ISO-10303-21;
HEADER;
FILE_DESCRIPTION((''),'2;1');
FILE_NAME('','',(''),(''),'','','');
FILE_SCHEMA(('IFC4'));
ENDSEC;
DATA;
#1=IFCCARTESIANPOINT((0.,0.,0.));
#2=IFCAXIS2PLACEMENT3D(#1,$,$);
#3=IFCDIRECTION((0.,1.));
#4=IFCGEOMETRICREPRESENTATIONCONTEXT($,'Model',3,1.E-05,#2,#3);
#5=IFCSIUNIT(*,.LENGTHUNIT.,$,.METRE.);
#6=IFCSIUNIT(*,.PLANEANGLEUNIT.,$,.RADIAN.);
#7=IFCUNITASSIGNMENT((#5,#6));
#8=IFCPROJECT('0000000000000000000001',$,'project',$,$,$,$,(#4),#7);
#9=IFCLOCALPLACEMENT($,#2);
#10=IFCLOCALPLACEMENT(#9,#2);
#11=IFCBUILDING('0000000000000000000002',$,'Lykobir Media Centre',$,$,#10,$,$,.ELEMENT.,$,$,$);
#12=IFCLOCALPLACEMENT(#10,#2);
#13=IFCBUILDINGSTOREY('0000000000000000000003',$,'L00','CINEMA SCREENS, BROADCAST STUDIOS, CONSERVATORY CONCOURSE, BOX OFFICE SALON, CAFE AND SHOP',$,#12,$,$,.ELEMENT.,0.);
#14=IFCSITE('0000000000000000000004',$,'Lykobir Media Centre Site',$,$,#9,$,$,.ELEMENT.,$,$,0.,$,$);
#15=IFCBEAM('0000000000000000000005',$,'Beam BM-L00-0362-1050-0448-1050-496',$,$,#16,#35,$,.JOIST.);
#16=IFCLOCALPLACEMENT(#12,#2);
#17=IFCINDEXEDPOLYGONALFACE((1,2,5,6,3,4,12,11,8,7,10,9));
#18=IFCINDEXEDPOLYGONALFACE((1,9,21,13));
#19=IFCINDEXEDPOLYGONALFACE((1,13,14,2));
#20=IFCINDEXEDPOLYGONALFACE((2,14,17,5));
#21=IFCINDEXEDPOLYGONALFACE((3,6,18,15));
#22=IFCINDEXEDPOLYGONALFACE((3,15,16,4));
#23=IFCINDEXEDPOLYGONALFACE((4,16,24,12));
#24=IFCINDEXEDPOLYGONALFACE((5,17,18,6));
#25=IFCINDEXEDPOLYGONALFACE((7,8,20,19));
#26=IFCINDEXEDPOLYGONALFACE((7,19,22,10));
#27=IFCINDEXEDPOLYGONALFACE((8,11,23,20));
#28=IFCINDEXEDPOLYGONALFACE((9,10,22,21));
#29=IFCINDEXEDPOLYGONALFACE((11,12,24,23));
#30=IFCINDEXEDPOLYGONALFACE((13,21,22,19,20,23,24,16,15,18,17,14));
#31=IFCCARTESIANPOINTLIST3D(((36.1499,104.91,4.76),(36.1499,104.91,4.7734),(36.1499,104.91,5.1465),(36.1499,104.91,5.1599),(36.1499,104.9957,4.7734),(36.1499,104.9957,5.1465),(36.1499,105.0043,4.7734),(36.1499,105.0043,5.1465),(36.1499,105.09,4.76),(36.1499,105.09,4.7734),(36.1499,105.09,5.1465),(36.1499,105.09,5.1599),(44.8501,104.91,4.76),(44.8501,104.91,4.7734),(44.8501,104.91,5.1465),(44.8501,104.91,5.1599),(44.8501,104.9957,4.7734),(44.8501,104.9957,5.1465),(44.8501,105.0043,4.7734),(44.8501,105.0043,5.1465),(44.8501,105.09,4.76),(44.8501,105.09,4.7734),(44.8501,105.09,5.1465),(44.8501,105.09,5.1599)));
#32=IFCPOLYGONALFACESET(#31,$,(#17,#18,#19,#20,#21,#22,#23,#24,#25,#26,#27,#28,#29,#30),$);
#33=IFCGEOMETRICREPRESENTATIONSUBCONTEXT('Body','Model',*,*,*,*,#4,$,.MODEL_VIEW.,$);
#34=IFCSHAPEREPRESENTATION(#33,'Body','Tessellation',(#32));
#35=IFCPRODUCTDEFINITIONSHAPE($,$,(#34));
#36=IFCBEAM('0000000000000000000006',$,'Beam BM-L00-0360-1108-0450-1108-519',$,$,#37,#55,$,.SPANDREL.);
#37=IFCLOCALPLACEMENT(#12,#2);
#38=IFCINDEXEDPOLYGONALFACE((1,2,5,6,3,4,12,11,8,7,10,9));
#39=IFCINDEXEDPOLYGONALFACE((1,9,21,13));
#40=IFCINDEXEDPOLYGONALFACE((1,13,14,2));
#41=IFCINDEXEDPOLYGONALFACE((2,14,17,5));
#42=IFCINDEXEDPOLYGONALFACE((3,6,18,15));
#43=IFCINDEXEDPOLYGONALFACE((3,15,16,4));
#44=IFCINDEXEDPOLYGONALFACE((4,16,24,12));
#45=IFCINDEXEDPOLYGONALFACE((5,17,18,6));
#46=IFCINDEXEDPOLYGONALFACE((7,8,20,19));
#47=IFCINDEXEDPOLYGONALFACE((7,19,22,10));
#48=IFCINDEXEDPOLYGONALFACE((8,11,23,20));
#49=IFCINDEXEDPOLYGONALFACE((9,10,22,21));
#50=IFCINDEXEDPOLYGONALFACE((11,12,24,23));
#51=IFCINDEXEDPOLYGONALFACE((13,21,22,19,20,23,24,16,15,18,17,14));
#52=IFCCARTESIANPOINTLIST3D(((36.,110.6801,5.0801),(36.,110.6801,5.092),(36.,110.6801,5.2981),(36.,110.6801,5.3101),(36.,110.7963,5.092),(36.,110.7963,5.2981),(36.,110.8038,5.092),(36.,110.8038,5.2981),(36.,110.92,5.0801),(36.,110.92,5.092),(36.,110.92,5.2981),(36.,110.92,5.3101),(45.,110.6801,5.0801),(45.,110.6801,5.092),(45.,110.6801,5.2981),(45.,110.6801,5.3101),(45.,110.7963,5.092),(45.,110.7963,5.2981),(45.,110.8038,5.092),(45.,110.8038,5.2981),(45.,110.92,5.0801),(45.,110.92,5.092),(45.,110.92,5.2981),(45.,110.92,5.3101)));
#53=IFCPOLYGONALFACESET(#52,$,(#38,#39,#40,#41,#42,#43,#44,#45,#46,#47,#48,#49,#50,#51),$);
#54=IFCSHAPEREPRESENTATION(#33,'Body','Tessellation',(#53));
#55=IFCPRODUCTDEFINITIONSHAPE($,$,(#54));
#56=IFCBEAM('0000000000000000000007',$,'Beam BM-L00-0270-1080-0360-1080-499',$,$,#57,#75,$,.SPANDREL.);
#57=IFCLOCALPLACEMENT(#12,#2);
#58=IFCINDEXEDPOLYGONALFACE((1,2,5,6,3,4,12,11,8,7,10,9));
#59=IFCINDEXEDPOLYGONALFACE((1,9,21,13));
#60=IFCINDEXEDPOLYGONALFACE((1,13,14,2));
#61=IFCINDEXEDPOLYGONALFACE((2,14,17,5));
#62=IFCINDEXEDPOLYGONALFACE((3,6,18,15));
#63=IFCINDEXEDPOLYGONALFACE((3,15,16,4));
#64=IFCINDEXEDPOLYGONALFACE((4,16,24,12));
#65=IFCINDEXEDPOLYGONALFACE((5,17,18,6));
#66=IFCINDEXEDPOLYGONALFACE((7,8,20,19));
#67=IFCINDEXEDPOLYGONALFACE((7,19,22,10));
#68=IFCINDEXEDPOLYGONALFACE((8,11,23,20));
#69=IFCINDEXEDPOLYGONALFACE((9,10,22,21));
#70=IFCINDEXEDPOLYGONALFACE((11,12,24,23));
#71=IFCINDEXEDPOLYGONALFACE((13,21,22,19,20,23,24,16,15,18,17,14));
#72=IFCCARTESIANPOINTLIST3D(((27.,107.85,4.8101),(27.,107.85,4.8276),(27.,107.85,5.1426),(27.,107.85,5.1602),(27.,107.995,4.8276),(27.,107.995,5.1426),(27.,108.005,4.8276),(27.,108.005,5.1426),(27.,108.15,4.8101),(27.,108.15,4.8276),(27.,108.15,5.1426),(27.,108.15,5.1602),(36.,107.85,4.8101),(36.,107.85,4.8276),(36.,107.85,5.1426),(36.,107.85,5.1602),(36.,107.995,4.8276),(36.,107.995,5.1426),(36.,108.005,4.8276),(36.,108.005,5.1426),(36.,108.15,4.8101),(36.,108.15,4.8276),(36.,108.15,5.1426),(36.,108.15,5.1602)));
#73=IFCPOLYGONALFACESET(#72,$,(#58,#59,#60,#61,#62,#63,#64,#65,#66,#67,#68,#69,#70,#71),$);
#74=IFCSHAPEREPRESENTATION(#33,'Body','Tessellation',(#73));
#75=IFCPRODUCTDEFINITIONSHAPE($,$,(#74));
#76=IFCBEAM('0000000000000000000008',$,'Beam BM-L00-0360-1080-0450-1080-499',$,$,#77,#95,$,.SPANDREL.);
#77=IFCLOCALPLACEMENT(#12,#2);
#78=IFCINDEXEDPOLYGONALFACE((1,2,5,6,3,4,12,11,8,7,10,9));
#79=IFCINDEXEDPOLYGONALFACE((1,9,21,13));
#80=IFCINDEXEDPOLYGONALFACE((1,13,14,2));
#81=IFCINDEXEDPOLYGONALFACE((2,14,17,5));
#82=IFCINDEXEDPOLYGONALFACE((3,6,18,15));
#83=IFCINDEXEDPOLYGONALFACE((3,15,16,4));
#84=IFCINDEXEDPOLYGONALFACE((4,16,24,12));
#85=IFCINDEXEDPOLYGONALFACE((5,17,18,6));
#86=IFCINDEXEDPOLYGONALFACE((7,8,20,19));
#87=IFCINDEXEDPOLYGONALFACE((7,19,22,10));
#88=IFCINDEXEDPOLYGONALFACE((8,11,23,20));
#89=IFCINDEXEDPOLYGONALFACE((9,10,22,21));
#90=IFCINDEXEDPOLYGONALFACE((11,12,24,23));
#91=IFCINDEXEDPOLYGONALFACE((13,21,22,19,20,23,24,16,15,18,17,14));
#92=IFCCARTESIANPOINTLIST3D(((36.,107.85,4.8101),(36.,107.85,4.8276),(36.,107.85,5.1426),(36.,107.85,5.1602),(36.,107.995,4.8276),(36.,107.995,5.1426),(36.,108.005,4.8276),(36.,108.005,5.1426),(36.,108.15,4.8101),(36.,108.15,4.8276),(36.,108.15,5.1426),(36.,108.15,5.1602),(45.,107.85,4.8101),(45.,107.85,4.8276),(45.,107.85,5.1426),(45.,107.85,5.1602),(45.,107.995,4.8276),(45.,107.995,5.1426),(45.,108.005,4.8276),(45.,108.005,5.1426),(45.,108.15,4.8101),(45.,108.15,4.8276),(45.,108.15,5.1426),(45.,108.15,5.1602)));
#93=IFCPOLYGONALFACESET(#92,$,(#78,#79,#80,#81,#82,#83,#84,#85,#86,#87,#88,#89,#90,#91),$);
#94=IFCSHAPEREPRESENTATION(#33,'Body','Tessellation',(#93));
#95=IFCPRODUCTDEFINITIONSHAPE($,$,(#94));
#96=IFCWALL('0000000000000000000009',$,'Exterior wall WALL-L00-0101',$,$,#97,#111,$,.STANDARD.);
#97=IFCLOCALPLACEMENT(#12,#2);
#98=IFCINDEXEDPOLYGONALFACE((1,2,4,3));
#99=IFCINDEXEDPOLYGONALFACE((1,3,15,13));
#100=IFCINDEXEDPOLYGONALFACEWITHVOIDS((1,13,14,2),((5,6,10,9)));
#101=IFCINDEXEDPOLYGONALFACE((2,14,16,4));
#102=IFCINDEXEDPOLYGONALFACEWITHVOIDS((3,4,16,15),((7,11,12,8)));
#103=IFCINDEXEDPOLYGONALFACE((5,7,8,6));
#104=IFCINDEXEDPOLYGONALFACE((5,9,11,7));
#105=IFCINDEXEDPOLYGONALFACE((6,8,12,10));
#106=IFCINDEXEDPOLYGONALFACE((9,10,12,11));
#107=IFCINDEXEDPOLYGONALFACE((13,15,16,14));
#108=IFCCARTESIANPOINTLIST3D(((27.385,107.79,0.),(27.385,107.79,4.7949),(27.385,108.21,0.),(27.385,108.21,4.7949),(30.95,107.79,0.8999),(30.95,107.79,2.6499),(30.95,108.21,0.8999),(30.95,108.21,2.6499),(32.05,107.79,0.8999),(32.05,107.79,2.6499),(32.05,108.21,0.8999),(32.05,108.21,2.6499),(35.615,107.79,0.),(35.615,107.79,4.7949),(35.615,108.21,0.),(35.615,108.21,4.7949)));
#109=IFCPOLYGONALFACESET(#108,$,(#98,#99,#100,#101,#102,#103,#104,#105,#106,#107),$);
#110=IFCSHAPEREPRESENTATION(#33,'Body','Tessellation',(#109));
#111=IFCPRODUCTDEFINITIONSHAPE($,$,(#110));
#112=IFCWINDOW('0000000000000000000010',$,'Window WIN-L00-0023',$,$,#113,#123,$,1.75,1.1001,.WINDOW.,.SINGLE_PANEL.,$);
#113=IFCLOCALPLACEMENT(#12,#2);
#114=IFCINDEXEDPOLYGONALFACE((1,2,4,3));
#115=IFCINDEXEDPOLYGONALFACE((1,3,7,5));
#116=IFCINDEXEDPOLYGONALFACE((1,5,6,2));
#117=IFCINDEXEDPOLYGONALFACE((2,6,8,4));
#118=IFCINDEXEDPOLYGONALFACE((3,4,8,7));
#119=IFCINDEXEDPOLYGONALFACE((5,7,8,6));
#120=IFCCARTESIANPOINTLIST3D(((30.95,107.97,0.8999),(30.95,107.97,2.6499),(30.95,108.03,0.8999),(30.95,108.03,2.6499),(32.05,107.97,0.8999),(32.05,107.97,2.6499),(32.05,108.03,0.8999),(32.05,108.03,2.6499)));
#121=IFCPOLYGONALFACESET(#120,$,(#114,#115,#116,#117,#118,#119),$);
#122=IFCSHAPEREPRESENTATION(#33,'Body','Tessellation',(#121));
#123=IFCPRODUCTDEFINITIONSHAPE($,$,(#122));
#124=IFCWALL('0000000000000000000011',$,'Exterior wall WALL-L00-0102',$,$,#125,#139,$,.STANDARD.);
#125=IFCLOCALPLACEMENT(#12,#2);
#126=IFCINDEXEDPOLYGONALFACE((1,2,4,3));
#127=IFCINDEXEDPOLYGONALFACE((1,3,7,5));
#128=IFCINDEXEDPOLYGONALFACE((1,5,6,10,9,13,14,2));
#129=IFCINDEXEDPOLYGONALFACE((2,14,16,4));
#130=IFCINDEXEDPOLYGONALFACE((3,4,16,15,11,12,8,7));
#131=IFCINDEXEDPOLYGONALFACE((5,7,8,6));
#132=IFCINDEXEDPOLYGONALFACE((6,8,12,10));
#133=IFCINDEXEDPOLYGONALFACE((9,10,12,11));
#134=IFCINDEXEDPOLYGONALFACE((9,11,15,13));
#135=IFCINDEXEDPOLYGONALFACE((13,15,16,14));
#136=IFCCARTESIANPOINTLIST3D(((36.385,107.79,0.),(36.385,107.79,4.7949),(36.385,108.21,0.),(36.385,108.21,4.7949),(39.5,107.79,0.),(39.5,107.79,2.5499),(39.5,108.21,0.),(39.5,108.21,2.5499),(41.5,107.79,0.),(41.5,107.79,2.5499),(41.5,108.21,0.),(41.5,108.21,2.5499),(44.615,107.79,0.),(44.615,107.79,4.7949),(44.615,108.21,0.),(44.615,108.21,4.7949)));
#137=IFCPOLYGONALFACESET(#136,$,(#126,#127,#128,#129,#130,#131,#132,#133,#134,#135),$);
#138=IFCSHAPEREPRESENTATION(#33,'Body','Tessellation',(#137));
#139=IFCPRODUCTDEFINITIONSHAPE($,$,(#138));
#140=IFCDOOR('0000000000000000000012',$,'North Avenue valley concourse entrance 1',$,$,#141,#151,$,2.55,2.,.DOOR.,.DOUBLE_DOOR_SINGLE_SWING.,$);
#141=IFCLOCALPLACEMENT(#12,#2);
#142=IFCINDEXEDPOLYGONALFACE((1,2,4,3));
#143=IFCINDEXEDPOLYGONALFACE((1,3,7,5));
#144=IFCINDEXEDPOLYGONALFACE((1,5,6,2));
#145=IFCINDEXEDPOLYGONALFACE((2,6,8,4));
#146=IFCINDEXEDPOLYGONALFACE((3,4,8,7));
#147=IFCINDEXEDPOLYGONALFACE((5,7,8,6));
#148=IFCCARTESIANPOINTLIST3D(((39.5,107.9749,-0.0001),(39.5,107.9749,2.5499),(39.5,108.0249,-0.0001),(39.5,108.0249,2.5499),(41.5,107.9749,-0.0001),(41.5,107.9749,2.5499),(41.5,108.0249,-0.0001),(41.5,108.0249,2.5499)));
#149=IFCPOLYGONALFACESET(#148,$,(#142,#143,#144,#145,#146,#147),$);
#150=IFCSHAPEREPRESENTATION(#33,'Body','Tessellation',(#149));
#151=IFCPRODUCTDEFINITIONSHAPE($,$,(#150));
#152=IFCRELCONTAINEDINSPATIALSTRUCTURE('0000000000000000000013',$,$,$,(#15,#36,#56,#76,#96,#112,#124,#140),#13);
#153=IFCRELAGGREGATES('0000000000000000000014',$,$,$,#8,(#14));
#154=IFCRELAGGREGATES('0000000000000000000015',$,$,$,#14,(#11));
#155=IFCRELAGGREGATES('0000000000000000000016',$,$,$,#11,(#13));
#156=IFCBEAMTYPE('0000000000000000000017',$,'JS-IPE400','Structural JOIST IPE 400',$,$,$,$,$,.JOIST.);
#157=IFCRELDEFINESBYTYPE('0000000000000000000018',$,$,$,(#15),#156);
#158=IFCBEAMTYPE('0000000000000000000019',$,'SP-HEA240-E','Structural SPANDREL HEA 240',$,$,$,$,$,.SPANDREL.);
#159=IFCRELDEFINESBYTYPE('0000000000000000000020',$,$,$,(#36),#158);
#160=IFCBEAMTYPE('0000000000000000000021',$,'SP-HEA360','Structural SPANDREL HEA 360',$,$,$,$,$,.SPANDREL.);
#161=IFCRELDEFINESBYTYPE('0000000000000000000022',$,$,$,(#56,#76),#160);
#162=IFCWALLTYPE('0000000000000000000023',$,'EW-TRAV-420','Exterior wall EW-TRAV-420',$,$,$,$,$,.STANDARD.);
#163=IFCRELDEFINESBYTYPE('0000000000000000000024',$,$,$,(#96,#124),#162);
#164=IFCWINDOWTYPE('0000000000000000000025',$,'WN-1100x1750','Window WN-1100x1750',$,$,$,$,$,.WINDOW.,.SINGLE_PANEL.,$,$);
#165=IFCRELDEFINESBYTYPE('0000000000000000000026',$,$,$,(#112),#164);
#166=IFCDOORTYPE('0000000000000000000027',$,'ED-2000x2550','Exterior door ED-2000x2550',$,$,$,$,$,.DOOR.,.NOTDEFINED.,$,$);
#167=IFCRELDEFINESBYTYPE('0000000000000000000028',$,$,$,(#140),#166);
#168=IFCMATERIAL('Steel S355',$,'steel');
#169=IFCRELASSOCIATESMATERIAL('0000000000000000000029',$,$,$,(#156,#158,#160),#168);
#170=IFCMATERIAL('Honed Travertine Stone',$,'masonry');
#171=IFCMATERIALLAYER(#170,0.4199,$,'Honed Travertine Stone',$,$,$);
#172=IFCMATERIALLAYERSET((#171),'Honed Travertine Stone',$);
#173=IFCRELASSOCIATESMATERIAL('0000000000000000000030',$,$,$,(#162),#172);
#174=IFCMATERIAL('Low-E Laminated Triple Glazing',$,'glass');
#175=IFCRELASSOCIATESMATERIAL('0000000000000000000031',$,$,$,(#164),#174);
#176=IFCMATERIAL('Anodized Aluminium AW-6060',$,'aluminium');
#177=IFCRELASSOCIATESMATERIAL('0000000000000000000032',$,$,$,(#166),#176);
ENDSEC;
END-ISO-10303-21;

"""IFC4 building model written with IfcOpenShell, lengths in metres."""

from ifc_helpers import new_model, si_unit, direction, frame, frame_2d, origin, origin_2d, place, context, subcontext, project, spatial, rectangle, i_section, extrude, material, layer, layer_set, material_profile, profile_set, type_object, element, fill, save


model = new_model("IFC4")

# Units and contexts
model_context = context("Model", 3, precision=1e-05, world=origin(), true_north=direction((0.0, 1.0)))
body_context = subcontext(model_context, "Body", "Model", "MODEL_VIEW")
ifc_project = project(units=[si_unit("LENGTHUNIT", "METRE"), si_unit("PLANEANGLEUNIT", "RADIAN")], contexts=[model_context])

# Site, building, storey
site_placement = place(None, origin())
site = spatial("IfcSite", under=ifc_project, at=site_placement, Name="Lykobir Media Centre Site", CompositionType="ELEMENT", RefElevation=0.0)
building_placement = place(site_placement, origin())
building = spatial("IfcBuilding", under=site, at=building_placement, Name="Lykobir Media Centre", CompositionType="ELEMENT")
storey_placement = place(building_placement, origin())
storey = spatial("IfcBuildingStorey", under=building, at=storey_placement, Name="L00", Description="CINEMA SCREENS, BROADCAST STUDIOS, CONSERVATORY CONCOURSE, BOX OFFICE SALON, CAFE AND SHOP", CompositionType="ELEMENT", Elevation=0.0)

# Shared definitions
ifc_material_1 = material(Name="Honed Travertine Stone", Category="masonry")

# Beams
ifc_material_2 = material(Name="Steel S355", Category="steel")
ifc_material_profile_1 = material_profile(ifc_material_2, i_section(OverallWidth=0.1799, OverallDepth=0.3999, WebThickness=0.0085, FlangeThickness=0.0134, at=origin_2d()), Name="IPE 400")
ifc_profile_set_1 = profile_set([ifc_material_profile_1], Name="Steel S355")
beam_type_1 = type_object("IfcBeamType", Name="JS-IPE400", Description="Structural JOIST IPE 400", PredefinedType="JOIST", material=ifc_profile_set_1)
for number, where, z_axis, x_axis, name in (
    (1, (36.1499, 105.0, 4.96), (1.0, 0.0, 0.0), (0.0, 1.0, 0.0), "Beam BM-L00-0362-1050-0448-1050-496"),
):
    element("IfcBeam", number, at=place(storey_placement, frame(where, z_axis=z_axis, x_axis=x_axis)), inside=storey, type_object=beam_type_1, Name=name, PredefinedType="JOIST", context=body_context, shape_type="SweptSolid", body=[
        extrude(i_section(OverallWidth=0.1799, OverallDepth=0.3999, WebThickness=0.0085, FlangeThickness=0.0134, at=origin_2d()), origin(), (0.0, 0.0, 1.0), 8.7002),
    ])
ifc_material_profile_2 = material_profile(ifc_material_2, i_section(OverallWidth=0.24, OverallDepth=0.23, WebThickness=0.0076, FlangeThickness=0.012, at=origin_2d()), Name="HEA 240")
ifc_profile_set_2 = profile_set([ifc_material_profile_2], Name="Steel S355")
beam_type_2 = type_object("IfcBeamType", Name="SP-HEA240-E", Description="Structural SPANDREL HEA 240", PredefinedType="SPANDREL", material=ifc_profile_set_2)
beam_1_placement = place(storey_placement, frame((36.0, 110.8, 5.1951), z_axis=(1.0, 0.0, 0.0), x_axis=(0.0, 1.0, 0.0)))
element("IfcBeam", 2, at=beam_1_placement, inside=storey, type_object=beam_type_2, Name="Beam BM-L00-0360-1108-0450-1108-519", PredefinedType="SPANDREL", context=body_context, shape_type="SweptSolid", body=[
    extrude(i_section(OverallWidth=0.24, OverallDepth=0.23, WebThickness=0.0076, FlangeThickness=0.012, at=origin_2d()), origin(), (0.0, 0.0, 1.0), 9.0),
])
ifc_material_profile_3 = material_profile(ifc_material_2, i_section(OverallWidth=0.3, OverallDepth=0.3501, WebThickness=0.01, FlangeThickness=0.0176, at=origin_2d()), Name="HEA 360")
ifc_profile_set_3 = profile_set([ifc_material_profile_3], Name="Steel S355")
beam_type_3 = type_object("IfcBeamType", Name="SP-HEA360", Description="Structural SPANDREL HEA 360", PredefinedType="SPANDREL", material=ifc_profile_set_3)
for number, where, z_axis, x_axis, name in (
    (3, (27.0, 108.0, 4.9851), (1.0, 0.0, 0.0), (0.0, 1.0, 0.0), "Beam BM-L00-0270-1080-0360-1080-499"),
    (4, (36.0, 108.0, 4.9851), (1.0, 0.0, 0.0), (0.0, 1.0, 0.0), "Beam BM-L00-0360-1080-0450-1080-499"),
):
    element("IfcBeam", number, at=place(storey_placement, frame(where, z_axis=z_axis, x_axis=x_axis)), inside=storey, type_object=beam_type_3, Name=name, PredefinedType="SPANDREL", context=body_context, shape_type="SweptSolid", body=[
        extrude(i_section(OverallWidth=0.3, OverallDepth=0.3501, WebThickness=0.01, FlangeThickness=0.0176, at=origin_2d()), origin(), (0.0, 0.0, 1.0), 9.0),
    ])

# Wall, opening, window
ifc_layer_1 = layer(ifc_material_1, 0.4199, Name="Honed Travertine Stone")
ifc_layer_set_1 = layer_set([ifc_layer_1], Name="Honed Travertine Stone")
wall_type = type_object("IfcWallType", Name="EW-TRAV-420", Description="Exterior wall EW-TRAV-420", PredefinedType="STANDARD", material=ifc_layer_set_1)
wall_1_placement = place(storey_placement, frame((35.615, 108.0, 0.0), z_axis=(0.0, 0.0, 1.0), x_axis=(-1.0, 0.0, 0.0)))
wall_1 = element("IfcWall", 5, at=wall_1_placement, inside=storey, type_object=wall_type, Name="Exterior wall WALL-L00-0101", PredefinedType="STANDARD", context=body_context, shape_type="SweptSolid", body=[
    extrude(rectangle(XDim=8.23, YDim=0.4199, at=frame_2d((4.115, 0.0))), origin(), (0.0, 0.0, 1.0), 4.7949),
])
opening_1_placement = place(wall_1_placement, frame((3.5649, 0.0, 0.8999)))
opening_1 = element("IfcOpeningElement", 6, at=opening_1_placement, cuts=wall_1, PredefinedType="OPENING", context=body_context, shape_type="SweptSolid", body=[
    extrude(rectangle(XDim=1.1001, YDim=1.75, at=frame_2d((0.55, 0.875))), frame((0.0, 0.22, 0.0), z_axis=(0.0, -1.0, 0.0), x_axis=(1.0, 0.0, 0.0)), (0.0, 0.0, 1.0), 0.4399),
])
ifc_material_3 = material(Name="Low-E Laminated Triple Glazing", Category="glass")
window_type_1 = type_object("IfcWindowType", Name="WN-1100x1750", Description="Window WN-1100x1750", PartitioningType="SINGLE_PANEL", PredefinedType="WINDOW", material=ifc_material_3)
window_1_placement = place(opening_1_placement, origin())
window_1 = element("IfcWindow", 7, at=window_1_placement, inside=storey, type_object=window_type_1, Name="Window WIN-L00-0023", OverallHeight=1.75, OverallWidth=1.1001, PartitioningType="SINGLE_PANEL", PredefinedType="WINDOW", context=body_context, shape_type="SweptSolid", body=[
    extrude(rectangle(XDim=1.1001, YDim=1.75, at=frame_2d((0.55, 0.875))), frame((0.0, 0.03, 0.0), z_axis=(0.0, -1.0, 0.0), x_axis=(1.0, 0.0, 0.0)), (0.0, 0.0, 1.0), 0.0601),
])
fill(opening_1, window_1)

# Wall, opening, door
wall_2_placement = place(storey_placement, frame((44.615, 108.0, 0.0), z_axis=(0.0, 0.0, 1.0), x_axis=(-1.0, 0.0, 0.0)))
wall_2 = element("IfcWall", 8, at=wall_2_placement, inside=storey, type_object=wall_type, Name="Exterior wall WALL-L00-0102", PredefinedType="STANDARD", context=body_context, shape_type="SweptSolid", body=[
    extrude(rectangle(XDim=8.23, YDim=0.4199, at=frame_2d((4.115, 0.0))), origin(), (0.0, 0.0, 1.0), 4.7949),
])
opening_2_placement = place(wall_2_placement, frame((3.115, 0.0, 0.0)))
opening_2 = element("IfcOpeningElement", 9, at=opening_2_placement, cuts=wall_2, PredefinedType="OPENING", context=body_context, shape_type="SweptSolid", body=[
    extrude(rectangle(XDim=2.0, YDim=2.55, at=frame_2d((1.0, 1.2749))), frame((0.0, 0.22, 0.0), z_axis=(0.0, -1.0, 0.0), x_axis=(1.0, 0.0, 0.0)), (0.0, 0.0, 1.0), 0.4399),
])
ifc_material_4 = material(Name="Anodized Aluminium AW-6060", Category="aluminium")
door_type = type_object("IfcDoorType", Name="ED-2000x2550", Description="Exterior door ED-2000x2550", OperationType="NOTDEFINED", PredefinedType="DOOR", material=ifc_material_4)
door_placement = place(opening_2_placement, frame((2.0, 0.0, 0.0), z_axis=(0.0, 0.0, 1.0), x_axis=(-1.0, 0.0, 0.0)))
door = element("IfcDoor", 10, at=door_placement, inside=storey, type_object=door_type, Name="North Avenue valley concourse entrance 1", OperationType="DOUBLE_DOOR_SINGLE_SWING", OverallHeight=2.55, OverallWidth=2.0, PredefinedType="DOOR", context=body_context, shape_type="SweptSolid", body=[
    extrude(rectangle(XDim=2.0, YDim=2.55, at=frame_2d((1.0, 1.2749))), frame((0.0, 0.0249, 0.0), z_axis=(0.0, -1.0, 0.0), x_axis=(1.0, 0.0, 0.0)), (0.0, 0.0, 1.0), 0.05),
])
fill(opening_2, door)

save(model, "model.ifc")
